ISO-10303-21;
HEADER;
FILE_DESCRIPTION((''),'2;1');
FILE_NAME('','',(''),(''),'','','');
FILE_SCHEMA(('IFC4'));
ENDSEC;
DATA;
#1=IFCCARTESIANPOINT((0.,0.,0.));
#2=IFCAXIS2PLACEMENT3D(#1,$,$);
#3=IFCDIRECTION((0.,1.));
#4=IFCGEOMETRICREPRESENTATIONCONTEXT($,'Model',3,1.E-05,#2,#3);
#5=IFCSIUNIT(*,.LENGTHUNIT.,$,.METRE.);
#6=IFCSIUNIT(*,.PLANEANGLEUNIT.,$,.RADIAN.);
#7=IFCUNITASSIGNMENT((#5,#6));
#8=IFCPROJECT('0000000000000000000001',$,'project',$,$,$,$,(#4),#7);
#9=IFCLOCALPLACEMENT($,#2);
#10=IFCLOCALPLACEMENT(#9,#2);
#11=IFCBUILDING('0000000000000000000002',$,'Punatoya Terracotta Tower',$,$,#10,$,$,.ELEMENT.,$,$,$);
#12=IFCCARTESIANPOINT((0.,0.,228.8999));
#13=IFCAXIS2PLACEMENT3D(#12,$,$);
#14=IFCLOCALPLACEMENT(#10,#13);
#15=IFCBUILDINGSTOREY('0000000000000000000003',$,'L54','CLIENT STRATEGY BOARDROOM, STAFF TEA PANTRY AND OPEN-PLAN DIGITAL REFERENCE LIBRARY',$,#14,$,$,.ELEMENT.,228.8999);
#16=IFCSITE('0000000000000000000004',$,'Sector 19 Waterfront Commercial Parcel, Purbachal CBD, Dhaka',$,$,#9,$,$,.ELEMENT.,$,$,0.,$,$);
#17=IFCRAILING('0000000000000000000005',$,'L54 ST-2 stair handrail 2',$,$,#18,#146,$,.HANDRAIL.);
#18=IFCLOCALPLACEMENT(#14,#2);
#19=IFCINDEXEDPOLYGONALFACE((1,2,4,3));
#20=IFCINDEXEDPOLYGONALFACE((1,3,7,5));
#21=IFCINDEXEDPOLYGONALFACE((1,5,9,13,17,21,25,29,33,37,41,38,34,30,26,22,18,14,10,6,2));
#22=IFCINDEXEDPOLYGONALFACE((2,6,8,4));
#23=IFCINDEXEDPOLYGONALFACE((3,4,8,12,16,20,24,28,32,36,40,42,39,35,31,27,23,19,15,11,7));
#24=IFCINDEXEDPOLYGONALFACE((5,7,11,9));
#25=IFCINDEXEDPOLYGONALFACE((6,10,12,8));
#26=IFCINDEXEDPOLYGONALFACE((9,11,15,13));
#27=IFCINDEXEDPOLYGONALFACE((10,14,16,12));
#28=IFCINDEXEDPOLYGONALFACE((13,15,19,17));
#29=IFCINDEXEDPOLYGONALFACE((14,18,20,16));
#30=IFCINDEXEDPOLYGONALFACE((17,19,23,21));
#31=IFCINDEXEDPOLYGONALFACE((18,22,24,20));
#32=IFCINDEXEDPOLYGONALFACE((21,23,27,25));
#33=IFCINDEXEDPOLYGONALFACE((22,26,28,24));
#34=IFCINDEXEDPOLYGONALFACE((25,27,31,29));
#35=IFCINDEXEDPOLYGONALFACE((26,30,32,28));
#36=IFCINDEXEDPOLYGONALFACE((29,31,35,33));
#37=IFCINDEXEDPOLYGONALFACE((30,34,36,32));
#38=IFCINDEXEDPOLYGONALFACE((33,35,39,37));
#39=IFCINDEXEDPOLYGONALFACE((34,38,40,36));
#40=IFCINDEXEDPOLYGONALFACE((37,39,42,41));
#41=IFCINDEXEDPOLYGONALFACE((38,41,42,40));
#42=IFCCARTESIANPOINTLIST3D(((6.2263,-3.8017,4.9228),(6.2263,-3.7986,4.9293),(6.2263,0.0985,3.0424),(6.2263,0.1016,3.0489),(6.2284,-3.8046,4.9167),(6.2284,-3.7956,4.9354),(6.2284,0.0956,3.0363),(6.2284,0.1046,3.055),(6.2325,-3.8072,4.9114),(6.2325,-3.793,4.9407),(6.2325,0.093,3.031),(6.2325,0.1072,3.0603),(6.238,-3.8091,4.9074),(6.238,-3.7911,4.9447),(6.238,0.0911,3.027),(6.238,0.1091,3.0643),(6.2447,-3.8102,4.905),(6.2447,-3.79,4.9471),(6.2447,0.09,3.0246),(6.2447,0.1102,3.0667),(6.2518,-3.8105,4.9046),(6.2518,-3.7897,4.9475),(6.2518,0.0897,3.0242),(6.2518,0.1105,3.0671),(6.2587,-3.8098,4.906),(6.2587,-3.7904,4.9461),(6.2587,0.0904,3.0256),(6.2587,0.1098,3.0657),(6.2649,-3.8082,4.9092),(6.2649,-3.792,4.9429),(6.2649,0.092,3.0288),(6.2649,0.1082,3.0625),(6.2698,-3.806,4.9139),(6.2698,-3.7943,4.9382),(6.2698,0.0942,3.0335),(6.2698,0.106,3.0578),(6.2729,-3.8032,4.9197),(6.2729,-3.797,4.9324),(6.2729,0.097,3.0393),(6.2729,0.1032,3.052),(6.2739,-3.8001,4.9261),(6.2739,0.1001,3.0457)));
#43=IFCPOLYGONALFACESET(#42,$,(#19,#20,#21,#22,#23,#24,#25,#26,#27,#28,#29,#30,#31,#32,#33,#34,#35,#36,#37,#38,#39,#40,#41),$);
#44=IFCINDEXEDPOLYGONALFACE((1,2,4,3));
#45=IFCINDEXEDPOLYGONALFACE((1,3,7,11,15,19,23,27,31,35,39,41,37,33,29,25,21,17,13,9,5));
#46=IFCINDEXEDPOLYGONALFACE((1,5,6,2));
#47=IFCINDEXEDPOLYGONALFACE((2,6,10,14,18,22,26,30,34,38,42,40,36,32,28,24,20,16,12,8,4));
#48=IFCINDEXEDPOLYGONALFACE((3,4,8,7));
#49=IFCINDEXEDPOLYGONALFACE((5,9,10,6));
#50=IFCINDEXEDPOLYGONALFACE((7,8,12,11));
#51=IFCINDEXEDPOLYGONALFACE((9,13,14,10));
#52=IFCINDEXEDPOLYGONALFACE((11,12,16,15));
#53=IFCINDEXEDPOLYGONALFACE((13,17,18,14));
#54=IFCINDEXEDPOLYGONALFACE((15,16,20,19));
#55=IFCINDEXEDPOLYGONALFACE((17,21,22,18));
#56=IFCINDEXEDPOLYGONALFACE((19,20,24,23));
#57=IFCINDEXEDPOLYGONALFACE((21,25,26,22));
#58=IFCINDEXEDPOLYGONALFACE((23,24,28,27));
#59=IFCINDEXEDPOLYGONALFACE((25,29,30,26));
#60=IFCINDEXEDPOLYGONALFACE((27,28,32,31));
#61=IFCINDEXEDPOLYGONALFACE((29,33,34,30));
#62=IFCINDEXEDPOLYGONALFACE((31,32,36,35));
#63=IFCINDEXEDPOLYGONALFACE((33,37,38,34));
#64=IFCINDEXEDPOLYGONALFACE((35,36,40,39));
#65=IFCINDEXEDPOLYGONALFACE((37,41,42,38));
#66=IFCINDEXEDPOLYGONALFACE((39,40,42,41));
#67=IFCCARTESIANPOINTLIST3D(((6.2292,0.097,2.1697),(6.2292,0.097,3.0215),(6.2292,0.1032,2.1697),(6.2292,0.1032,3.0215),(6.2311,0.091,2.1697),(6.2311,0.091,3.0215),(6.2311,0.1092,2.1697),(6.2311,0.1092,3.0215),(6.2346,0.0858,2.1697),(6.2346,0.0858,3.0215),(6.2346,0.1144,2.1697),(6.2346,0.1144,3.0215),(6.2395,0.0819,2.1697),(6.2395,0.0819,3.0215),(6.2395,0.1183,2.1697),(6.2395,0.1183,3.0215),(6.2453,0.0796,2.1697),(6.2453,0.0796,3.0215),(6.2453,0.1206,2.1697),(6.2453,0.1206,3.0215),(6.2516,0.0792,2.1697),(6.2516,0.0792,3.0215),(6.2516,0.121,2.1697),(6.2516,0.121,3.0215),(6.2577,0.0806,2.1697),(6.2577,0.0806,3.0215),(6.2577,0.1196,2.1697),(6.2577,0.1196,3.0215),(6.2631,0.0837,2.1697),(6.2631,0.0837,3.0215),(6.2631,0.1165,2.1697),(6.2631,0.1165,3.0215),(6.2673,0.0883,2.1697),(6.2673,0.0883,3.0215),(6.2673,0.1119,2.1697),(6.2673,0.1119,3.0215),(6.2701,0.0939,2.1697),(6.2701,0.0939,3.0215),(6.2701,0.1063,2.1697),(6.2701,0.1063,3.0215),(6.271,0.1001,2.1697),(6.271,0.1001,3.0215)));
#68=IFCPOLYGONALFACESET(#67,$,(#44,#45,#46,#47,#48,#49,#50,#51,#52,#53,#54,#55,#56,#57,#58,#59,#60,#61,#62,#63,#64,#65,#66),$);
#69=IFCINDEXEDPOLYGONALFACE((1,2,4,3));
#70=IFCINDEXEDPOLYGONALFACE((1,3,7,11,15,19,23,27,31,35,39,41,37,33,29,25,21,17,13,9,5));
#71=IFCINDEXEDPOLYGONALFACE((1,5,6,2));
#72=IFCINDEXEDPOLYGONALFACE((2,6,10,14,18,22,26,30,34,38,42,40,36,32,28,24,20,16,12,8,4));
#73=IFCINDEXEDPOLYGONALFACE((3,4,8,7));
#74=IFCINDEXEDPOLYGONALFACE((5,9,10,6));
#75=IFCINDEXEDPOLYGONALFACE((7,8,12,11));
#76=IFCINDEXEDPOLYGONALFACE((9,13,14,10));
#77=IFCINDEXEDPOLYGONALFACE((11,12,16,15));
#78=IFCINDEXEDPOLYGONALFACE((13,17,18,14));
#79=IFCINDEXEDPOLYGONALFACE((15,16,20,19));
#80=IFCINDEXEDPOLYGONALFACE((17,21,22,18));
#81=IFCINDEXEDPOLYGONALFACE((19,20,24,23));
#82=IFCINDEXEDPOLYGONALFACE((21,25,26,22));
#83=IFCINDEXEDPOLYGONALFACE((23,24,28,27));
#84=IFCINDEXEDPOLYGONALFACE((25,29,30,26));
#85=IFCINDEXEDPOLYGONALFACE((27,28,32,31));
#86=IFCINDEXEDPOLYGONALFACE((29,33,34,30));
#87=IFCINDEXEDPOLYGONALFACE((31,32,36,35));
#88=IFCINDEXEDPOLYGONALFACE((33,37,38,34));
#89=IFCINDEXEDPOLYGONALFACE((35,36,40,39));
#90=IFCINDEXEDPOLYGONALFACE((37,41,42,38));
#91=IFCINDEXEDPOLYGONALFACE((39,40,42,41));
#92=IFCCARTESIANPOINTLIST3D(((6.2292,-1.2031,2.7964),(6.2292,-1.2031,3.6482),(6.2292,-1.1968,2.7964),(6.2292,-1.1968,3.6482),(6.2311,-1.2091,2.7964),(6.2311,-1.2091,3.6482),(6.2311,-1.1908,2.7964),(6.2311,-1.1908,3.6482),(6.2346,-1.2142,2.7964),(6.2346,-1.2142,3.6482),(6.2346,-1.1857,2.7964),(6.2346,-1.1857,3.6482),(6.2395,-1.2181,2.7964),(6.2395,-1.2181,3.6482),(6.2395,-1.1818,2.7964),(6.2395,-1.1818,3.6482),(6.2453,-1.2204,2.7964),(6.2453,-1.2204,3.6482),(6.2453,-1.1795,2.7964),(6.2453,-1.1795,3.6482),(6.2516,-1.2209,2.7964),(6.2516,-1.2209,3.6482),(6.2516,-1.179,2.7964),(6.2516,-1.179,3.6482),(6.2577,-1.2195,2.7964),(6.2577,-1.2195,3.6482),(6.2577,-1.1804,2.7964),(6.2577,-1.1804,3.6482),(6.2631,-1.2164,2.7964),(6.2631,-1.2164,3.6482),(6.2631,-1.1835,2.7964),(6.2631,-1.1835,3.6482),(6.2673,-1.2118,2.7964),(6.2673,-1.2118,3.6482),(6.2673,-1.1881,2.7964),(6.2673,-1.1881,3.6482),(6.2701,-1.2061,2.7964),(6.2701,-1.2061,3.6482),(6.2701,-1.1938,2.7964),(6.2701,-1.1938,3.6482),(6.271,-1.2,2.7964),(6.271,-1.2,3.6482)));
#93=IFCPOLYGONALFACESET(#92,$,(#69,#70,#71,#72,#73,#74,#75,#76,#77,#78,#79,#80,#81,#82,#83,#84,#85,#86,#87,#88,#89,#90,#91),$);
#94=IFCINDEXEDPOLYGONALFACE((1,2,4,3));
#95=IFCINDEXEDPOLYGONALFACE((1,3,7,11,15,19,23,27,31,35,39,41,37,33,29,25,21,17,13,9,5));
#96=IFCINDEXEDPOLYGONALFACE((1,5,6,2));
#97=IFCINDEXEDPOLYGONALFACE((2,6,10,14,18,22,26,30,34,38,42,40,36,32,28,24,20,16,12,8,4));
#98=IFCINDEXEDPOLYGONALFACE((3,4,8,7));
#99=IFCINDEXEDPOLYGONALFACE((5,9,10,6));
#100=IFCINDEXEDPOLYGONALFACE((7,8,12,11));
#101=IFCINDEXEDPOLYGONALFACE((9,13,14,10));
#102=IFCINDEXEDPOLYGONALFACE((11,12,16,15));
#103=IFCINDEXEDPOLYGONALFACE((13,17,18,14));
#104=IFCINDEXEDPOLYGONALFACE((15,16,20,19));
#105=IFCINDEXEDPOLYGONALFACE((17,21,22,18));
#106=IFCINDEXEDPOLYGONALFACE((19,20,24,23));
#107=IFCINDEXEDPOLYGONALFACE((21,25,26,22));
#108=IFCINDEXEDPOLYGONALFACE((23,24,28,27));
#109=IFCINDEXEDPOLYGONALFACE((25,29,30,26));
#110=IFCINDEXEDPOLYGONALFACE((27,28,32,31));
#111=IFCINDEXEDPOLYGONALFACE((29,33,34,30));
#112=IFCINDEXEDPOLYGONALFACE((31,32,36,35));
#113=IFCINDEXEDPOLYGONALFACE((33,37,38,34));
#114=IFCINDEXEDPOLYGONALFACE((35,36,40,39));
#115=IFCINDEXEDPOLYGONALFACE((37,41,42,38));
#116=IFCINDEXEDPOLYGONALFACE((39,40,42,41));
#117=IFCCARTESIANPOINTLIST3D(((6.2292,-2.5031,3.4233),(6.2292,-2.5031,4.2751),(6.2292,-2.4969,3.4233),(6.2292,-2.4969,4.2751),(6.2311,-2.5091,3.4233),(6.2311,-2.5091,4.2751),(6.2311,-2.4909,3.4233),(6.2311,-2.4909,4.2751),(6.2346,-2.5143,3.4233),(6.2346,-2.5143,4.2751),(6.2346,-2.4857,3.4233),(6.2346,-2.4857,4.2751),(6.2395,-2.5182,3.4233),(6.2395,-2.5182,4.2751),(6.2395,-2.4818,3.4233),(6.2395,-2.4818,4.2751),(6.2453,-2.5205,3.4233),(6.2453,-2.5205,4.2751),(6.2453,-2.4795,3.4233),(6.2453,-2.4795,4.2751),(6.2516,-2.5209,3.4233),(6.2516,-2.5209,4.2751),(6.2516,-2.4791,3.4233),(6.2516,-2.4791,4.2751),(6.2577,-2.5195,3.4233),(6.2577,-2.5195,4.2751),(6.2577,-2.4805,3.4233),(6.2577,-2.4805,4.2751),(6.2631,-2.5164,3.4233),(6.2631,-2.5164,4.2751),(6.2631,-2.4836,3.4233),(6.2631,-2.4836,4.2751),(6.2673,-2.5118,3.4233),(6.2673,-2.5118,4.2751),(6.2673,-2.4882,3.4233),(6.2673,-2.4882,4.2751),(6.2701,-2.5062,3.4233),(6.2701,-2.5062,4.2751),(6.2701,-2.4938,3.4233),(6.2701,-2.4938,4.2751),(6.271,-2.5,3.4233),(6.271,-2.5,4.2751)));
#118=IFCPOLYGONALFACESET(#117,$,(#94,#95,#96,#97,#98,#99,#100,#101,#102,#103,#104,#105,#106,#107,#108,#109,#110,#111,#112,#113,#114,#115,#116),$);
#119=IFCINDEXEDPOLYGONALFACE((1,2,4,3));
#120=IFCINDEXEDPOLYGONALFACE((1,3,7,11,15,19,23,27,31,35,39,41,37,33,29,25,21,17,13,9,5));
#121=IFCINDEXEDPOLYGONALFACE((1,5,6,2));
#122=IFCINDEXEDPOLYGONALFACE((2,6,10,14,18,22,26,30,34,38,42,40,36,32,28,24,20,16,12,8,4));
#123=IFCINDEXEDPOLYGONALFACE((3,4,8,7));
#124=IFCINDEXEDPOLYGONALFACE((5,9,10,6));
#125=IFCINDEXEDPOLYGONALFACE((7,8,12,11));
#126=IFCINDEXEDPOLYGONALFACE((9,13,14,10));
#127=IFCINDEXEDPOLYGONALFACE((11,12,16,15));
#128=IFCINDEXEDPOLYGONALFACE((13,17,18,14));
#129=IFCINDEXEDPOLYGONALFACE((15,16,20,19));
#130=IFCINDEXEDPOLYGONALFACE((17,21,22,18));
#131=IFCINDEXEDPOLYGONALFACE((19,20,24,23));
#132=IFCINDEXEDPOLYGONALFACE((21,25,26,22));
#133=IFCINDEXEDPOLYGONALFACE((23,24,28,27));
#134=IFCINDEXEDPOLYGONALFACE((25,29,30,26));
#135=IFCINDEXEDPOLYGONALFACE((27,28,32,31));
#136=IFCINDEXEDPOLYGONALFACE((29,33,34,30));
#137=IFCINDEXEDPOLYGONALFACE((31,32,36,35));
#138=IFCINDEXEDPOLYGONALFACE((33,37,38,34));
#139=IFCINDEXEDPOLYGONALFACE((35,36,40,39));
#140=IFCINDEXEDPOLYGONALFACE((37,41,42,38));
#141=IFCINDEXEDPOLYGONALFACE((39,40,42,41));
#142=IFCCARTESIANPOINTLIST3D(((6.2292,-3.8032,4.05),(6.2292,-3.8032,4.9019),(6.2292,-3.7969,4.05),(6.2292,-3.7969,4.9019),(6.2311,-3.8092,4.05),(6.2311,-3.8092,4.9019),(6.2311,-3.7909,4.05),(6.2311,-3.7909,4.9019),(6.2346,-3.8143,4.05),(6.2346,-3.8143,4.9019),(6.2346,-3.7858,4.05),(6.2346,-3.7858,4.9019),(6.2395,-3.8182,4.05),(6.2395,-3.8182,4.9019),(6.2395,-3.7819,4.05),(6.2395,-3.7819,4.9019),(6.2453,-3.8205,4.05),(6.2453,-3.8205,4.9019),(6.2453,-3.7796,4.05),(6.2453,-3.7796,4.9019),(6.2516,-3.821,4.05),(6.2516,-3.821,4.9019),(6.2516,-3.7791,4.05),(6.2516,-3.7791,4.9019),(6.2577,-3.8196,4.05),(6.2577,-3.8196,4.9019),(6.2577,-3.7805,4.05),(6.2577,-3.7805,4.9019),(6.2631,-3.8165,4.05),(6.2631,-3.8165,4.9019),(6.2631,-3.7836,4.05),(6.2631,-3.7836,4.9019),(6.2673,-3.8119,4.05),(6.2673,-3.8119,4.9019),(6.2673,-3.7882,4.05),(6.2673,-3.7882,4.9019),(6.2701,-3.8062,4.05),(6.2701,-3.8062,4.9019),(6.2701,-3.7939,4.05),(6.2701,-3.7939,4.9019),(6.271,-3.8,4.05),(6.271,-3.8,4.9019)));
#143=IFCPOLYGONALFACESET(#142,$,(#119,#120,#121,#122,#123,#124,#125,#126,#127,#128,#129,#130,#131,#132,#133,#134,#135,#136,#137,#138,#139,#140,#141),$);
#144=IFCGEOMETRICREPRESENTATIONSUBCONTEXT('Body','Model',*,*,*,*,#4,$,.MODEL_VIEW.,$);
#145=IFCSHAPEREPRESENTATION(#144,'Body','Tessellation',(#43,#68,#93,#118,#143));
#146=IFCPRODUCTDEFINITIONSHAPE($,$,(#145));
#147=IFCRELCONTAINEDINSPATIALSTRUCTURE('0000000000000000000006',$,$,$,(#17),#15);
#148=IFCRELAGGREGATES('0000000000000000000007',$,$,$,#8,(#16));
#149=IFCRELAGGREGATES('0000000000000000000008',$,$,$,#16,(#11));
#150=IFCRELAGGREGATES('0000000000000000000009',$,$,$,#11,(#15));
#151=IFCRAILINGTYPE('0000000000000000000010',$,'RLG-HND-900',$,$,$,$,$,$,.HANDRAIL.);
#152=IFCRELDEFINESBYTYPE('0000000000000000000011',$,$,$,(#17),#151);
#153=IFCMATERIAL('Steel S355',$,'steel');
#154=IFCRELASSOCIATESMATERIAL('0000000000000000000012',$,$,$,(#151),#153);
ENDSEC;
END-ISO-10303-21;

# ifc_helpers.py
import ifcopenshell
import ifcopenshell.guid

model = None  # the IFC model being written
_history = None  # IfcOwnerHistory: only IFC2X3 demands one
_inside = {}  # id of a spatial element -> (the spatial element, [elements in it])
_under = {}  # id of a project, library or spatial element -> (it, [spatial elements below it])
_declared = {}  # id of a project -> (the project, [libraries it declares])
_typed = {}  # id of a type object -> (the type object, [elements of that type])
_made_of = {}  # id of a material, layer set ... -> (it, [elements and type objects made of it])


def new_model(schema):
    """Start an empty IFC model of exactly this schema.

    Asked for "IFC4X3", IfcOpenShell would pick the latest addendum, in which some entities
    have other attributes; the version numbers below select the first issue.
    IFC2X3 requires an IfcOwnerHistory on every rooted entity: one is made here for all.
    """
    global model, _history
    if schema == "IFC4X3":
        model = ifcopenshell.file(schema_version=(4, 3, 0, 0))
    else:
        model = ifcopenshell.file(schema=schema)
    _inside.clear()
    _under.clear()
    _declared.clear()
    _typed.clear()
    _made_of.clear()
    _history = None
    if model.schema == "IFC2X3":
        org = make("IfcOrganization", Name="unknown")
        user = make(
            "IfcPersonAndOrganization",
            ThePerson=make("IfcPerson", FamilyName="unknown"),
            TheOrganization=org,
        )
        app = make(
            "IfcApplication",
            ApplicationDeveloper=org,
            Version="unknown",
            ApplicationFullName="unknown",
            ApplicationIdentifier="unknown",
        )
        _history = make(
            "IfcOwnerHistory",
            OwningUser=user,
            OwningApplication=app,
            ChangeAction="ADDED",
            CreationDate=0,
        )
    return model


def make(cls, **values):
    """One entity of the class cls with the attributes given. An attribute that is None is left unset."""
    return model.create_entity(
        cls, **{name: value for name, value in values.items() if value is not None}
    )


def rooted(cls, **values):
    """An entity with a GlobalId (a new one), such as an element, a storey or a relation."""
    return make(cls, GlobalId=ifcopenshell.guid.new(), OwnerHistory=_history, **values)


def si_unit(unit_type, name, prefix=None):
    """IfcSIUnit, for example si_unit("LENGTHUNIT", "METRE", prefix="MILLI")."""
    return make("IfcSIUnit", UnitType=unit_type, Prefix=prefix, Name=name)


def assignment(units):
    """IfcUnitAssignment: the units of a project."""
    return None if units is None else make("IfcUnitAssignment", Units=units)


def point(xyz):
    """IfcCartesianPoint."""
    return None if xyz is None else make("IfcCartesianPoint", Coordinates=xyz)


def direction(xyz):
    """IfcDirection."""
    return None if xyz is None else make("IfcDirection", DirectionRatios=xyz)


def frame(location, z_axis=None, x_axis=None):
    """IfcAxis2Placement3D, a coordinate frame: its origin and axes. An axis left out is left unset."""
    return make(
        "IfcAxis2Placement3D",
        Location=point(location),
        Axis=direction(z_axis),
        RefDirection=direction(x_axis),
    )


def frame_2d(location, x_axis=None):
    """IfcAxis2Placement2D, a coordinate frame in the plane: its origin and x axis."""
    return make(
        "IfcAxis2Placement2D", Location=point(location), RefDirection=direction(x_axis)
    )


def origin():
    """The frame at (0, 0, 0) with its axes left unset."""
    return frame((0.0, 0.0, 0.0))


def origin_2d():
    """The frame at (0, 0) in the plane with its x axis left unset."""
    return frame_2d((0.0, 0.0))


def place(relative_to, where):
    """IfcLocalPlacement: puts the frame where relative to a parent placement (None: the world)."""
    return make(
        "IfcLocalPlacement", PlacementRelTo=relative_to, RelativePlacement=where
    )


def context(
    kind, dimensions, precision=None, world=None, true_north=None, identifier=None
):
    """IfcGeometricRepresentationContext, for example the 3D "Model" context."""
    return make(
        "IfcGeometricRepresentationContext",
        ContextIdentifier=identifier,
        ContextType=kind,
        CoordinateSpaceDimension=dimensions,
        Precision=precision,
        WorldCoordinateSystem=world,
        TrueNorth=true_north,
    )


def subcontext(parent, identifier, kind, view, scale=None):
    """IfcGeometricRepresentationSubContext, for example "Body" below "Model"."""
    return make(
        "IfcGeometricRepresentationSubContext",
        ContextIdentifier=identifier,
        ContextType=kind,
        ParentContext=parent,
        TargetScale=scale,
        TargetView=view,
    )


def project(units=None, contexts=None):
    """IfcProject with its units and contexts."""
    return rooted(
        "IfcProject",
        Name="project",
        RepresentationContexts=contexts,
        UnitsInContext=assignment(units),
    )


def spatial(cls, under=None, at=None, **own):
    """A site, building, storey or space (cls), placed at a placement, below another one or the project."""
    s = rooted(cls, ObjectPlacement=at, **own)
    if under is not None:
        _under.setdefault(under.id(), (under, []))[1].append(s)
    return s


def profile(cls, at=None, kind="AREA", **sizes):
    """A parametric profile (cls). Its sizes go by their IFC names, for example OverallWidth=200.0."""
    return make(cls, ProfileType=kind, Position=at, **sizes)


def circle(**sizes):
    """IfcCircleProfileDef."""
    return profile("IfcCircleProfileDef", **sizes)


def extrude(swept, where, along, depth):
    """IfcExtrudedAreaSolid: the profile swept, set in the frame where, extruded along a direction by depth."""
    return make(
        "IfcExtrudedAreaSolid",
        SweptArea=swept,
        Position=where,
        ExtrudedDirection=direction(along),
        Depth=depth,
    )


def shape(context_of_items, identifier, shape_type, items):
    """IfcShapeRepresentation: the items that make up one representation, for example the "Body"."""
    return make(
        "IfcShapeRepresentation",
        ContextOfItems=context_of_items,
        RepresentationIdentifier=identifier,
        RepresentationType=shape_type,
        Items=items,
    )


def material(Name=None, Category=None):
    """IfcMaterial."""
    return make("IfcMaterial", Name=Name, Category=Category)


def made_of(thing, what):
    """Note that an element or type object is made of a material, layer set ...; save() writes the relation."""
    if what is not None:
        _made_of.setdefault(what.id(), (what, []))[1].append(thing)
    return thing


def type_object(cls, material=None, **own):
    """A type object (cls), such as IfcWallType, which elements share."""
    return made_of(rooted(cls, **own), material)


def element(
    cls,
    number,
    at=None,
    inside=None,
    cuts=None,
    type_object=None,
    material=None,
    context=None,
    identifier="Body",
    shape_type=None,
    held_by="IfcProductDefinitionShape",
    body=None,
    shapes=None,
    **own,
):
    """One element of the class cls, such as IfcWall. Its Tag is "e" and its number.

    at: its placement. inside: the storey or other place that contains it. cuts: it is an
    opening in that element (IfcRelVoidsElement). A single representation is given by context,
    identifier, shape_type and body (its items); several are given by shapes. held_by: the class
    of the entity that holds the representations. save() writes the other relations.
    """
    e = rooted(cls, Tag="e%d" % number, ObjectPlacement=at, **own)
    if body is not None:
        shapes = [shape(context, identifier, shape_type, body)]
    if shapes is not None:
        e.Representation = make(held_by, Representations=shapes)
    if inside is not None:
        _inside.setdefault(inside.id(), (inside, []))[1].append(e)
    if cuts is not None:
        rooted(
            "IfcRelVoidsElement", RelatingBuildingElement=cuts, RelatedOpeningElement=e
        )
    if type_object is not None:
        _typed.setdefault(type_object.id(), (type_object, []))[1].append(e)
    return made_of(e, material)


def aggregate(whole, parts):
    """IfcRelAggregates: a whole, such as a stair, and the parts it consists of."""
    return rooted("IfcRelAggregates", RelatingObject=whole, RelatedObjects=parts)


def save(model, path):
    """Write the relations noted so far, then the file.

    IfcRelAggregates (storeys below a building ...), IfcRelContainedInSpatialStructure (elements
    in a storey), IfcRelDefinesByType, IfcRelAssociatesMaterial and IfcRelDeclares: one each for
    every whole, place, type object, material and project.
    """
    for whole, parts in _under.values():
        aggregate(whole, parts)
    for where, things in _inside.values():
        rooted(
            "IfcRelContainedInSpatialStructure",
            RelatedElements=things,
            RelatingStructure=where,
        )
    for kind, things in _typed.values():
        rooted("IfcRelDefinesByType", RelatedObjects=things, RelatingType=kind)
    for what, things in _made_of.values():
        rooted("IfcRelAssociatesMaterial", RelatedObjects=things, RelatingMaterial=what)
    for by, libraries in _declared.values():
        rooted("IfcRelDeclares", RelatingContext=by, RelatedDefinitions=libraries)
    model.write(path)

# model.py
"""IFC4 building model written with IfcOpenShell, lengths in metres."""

from ifc_helpers import new_model, si_unit, direction, frame, origin, origin_2d, place, context, subcontext, project, spatial, circle, extrude, material, type_object, element, save


model = new_model("IFC4")

# Units and contexts
model_context = context("Model", 3, precision=1e-05, world=origin(), true_north=direction((0.0, 1.0)))
body_context = subcontext(model_context, "Body", "Model", "MODEL_VIEW")
ifc_project = project(units=[si_unit("LENGTHUNIT", "METRE"), si_unit("PLANEANGLEUNIT", "RADIAN")], contexts=[model_context])

# Site, building, storey
site_placement = place(None, origin())
site = spatial("IfcSite", under=ifc_project, at=site_placement, Name="Sector 19 Waterfront Commercial Parcel, Purbachal CBD, Dhaka", CompositionType="ELEMENT", RefElevation=0.0)
building_placement = place(site_placement, origin())
building = spatial("IfcBuilding", under=site, at=building_placement, Name="Punatoya Terracotta Tower", CompositionType="ELEMENT")
storey_placement = place(building_placement, frame((0.0, 0.0, 228.8999)))
storey = spatial("IfcBuildingStorey", under=building, at=storey_placement, Name="L54", Description="CLIENT STRATEGY BOARDROOM, STAFF TEA PANTRY AND OPEN-PLAN DIGITAL REFERENCE LIBRARY", CompositionType="ELEMENT", Elevation=228.8999)

# Shared definitions
ifc_material_1 = material(Name="Steel S355", Category="steel")

# Railing
railing_type_1 = type_object("IfcRailingType", Name="RLG-HND-900", PredefinedType="HANDRAIL", material=ifc_material_1)
railing_1_placement = place(storey_placement, frame((6.25, 0.1001, 2.1697)))
element("IfcRailing", 1, at=railing_1_placement, inside=storey, type_object=railing_type_1, Name="L54 ST-2 stair handrail 2", PredefinedType="HANDRAIL", context=body_context, shape_type="SweptSolid", body=[
    extrude(circle(Radius=0.0239, at=origin_2d()), frame((0.0, 0.0, 0.876), z_axis=(0.0, -0.900774, 0.434289), x_axis=(1.0, 0.0, 0.0)), (0.0, 0.0, 1.0), 4.3298),
    extrude(circle(Radius=0.021, at=origin_2d()), origin(), (0.0, 0.0, 1.0), 0.8518),
    extrude(circle(Radius=0.021, at=origin_2d()), frame((0.0, -1.3, 0.6267)), (0.0, 0.0, 1.0), 0.8518),
    extrude(circle(Radius=0.021, at=origin_2d()), frame((0.0, -2.6001, 1.2537)), (0.0, 0.0, 1.0), 0.8518),
    extrude(circle(Radius=0.021, at=origin_2d()), frame((0.0, -3.9001, 1.8804)), (0.0, 0.0, 1.0), 0.8518),
])

save(model, "model.ifc")
